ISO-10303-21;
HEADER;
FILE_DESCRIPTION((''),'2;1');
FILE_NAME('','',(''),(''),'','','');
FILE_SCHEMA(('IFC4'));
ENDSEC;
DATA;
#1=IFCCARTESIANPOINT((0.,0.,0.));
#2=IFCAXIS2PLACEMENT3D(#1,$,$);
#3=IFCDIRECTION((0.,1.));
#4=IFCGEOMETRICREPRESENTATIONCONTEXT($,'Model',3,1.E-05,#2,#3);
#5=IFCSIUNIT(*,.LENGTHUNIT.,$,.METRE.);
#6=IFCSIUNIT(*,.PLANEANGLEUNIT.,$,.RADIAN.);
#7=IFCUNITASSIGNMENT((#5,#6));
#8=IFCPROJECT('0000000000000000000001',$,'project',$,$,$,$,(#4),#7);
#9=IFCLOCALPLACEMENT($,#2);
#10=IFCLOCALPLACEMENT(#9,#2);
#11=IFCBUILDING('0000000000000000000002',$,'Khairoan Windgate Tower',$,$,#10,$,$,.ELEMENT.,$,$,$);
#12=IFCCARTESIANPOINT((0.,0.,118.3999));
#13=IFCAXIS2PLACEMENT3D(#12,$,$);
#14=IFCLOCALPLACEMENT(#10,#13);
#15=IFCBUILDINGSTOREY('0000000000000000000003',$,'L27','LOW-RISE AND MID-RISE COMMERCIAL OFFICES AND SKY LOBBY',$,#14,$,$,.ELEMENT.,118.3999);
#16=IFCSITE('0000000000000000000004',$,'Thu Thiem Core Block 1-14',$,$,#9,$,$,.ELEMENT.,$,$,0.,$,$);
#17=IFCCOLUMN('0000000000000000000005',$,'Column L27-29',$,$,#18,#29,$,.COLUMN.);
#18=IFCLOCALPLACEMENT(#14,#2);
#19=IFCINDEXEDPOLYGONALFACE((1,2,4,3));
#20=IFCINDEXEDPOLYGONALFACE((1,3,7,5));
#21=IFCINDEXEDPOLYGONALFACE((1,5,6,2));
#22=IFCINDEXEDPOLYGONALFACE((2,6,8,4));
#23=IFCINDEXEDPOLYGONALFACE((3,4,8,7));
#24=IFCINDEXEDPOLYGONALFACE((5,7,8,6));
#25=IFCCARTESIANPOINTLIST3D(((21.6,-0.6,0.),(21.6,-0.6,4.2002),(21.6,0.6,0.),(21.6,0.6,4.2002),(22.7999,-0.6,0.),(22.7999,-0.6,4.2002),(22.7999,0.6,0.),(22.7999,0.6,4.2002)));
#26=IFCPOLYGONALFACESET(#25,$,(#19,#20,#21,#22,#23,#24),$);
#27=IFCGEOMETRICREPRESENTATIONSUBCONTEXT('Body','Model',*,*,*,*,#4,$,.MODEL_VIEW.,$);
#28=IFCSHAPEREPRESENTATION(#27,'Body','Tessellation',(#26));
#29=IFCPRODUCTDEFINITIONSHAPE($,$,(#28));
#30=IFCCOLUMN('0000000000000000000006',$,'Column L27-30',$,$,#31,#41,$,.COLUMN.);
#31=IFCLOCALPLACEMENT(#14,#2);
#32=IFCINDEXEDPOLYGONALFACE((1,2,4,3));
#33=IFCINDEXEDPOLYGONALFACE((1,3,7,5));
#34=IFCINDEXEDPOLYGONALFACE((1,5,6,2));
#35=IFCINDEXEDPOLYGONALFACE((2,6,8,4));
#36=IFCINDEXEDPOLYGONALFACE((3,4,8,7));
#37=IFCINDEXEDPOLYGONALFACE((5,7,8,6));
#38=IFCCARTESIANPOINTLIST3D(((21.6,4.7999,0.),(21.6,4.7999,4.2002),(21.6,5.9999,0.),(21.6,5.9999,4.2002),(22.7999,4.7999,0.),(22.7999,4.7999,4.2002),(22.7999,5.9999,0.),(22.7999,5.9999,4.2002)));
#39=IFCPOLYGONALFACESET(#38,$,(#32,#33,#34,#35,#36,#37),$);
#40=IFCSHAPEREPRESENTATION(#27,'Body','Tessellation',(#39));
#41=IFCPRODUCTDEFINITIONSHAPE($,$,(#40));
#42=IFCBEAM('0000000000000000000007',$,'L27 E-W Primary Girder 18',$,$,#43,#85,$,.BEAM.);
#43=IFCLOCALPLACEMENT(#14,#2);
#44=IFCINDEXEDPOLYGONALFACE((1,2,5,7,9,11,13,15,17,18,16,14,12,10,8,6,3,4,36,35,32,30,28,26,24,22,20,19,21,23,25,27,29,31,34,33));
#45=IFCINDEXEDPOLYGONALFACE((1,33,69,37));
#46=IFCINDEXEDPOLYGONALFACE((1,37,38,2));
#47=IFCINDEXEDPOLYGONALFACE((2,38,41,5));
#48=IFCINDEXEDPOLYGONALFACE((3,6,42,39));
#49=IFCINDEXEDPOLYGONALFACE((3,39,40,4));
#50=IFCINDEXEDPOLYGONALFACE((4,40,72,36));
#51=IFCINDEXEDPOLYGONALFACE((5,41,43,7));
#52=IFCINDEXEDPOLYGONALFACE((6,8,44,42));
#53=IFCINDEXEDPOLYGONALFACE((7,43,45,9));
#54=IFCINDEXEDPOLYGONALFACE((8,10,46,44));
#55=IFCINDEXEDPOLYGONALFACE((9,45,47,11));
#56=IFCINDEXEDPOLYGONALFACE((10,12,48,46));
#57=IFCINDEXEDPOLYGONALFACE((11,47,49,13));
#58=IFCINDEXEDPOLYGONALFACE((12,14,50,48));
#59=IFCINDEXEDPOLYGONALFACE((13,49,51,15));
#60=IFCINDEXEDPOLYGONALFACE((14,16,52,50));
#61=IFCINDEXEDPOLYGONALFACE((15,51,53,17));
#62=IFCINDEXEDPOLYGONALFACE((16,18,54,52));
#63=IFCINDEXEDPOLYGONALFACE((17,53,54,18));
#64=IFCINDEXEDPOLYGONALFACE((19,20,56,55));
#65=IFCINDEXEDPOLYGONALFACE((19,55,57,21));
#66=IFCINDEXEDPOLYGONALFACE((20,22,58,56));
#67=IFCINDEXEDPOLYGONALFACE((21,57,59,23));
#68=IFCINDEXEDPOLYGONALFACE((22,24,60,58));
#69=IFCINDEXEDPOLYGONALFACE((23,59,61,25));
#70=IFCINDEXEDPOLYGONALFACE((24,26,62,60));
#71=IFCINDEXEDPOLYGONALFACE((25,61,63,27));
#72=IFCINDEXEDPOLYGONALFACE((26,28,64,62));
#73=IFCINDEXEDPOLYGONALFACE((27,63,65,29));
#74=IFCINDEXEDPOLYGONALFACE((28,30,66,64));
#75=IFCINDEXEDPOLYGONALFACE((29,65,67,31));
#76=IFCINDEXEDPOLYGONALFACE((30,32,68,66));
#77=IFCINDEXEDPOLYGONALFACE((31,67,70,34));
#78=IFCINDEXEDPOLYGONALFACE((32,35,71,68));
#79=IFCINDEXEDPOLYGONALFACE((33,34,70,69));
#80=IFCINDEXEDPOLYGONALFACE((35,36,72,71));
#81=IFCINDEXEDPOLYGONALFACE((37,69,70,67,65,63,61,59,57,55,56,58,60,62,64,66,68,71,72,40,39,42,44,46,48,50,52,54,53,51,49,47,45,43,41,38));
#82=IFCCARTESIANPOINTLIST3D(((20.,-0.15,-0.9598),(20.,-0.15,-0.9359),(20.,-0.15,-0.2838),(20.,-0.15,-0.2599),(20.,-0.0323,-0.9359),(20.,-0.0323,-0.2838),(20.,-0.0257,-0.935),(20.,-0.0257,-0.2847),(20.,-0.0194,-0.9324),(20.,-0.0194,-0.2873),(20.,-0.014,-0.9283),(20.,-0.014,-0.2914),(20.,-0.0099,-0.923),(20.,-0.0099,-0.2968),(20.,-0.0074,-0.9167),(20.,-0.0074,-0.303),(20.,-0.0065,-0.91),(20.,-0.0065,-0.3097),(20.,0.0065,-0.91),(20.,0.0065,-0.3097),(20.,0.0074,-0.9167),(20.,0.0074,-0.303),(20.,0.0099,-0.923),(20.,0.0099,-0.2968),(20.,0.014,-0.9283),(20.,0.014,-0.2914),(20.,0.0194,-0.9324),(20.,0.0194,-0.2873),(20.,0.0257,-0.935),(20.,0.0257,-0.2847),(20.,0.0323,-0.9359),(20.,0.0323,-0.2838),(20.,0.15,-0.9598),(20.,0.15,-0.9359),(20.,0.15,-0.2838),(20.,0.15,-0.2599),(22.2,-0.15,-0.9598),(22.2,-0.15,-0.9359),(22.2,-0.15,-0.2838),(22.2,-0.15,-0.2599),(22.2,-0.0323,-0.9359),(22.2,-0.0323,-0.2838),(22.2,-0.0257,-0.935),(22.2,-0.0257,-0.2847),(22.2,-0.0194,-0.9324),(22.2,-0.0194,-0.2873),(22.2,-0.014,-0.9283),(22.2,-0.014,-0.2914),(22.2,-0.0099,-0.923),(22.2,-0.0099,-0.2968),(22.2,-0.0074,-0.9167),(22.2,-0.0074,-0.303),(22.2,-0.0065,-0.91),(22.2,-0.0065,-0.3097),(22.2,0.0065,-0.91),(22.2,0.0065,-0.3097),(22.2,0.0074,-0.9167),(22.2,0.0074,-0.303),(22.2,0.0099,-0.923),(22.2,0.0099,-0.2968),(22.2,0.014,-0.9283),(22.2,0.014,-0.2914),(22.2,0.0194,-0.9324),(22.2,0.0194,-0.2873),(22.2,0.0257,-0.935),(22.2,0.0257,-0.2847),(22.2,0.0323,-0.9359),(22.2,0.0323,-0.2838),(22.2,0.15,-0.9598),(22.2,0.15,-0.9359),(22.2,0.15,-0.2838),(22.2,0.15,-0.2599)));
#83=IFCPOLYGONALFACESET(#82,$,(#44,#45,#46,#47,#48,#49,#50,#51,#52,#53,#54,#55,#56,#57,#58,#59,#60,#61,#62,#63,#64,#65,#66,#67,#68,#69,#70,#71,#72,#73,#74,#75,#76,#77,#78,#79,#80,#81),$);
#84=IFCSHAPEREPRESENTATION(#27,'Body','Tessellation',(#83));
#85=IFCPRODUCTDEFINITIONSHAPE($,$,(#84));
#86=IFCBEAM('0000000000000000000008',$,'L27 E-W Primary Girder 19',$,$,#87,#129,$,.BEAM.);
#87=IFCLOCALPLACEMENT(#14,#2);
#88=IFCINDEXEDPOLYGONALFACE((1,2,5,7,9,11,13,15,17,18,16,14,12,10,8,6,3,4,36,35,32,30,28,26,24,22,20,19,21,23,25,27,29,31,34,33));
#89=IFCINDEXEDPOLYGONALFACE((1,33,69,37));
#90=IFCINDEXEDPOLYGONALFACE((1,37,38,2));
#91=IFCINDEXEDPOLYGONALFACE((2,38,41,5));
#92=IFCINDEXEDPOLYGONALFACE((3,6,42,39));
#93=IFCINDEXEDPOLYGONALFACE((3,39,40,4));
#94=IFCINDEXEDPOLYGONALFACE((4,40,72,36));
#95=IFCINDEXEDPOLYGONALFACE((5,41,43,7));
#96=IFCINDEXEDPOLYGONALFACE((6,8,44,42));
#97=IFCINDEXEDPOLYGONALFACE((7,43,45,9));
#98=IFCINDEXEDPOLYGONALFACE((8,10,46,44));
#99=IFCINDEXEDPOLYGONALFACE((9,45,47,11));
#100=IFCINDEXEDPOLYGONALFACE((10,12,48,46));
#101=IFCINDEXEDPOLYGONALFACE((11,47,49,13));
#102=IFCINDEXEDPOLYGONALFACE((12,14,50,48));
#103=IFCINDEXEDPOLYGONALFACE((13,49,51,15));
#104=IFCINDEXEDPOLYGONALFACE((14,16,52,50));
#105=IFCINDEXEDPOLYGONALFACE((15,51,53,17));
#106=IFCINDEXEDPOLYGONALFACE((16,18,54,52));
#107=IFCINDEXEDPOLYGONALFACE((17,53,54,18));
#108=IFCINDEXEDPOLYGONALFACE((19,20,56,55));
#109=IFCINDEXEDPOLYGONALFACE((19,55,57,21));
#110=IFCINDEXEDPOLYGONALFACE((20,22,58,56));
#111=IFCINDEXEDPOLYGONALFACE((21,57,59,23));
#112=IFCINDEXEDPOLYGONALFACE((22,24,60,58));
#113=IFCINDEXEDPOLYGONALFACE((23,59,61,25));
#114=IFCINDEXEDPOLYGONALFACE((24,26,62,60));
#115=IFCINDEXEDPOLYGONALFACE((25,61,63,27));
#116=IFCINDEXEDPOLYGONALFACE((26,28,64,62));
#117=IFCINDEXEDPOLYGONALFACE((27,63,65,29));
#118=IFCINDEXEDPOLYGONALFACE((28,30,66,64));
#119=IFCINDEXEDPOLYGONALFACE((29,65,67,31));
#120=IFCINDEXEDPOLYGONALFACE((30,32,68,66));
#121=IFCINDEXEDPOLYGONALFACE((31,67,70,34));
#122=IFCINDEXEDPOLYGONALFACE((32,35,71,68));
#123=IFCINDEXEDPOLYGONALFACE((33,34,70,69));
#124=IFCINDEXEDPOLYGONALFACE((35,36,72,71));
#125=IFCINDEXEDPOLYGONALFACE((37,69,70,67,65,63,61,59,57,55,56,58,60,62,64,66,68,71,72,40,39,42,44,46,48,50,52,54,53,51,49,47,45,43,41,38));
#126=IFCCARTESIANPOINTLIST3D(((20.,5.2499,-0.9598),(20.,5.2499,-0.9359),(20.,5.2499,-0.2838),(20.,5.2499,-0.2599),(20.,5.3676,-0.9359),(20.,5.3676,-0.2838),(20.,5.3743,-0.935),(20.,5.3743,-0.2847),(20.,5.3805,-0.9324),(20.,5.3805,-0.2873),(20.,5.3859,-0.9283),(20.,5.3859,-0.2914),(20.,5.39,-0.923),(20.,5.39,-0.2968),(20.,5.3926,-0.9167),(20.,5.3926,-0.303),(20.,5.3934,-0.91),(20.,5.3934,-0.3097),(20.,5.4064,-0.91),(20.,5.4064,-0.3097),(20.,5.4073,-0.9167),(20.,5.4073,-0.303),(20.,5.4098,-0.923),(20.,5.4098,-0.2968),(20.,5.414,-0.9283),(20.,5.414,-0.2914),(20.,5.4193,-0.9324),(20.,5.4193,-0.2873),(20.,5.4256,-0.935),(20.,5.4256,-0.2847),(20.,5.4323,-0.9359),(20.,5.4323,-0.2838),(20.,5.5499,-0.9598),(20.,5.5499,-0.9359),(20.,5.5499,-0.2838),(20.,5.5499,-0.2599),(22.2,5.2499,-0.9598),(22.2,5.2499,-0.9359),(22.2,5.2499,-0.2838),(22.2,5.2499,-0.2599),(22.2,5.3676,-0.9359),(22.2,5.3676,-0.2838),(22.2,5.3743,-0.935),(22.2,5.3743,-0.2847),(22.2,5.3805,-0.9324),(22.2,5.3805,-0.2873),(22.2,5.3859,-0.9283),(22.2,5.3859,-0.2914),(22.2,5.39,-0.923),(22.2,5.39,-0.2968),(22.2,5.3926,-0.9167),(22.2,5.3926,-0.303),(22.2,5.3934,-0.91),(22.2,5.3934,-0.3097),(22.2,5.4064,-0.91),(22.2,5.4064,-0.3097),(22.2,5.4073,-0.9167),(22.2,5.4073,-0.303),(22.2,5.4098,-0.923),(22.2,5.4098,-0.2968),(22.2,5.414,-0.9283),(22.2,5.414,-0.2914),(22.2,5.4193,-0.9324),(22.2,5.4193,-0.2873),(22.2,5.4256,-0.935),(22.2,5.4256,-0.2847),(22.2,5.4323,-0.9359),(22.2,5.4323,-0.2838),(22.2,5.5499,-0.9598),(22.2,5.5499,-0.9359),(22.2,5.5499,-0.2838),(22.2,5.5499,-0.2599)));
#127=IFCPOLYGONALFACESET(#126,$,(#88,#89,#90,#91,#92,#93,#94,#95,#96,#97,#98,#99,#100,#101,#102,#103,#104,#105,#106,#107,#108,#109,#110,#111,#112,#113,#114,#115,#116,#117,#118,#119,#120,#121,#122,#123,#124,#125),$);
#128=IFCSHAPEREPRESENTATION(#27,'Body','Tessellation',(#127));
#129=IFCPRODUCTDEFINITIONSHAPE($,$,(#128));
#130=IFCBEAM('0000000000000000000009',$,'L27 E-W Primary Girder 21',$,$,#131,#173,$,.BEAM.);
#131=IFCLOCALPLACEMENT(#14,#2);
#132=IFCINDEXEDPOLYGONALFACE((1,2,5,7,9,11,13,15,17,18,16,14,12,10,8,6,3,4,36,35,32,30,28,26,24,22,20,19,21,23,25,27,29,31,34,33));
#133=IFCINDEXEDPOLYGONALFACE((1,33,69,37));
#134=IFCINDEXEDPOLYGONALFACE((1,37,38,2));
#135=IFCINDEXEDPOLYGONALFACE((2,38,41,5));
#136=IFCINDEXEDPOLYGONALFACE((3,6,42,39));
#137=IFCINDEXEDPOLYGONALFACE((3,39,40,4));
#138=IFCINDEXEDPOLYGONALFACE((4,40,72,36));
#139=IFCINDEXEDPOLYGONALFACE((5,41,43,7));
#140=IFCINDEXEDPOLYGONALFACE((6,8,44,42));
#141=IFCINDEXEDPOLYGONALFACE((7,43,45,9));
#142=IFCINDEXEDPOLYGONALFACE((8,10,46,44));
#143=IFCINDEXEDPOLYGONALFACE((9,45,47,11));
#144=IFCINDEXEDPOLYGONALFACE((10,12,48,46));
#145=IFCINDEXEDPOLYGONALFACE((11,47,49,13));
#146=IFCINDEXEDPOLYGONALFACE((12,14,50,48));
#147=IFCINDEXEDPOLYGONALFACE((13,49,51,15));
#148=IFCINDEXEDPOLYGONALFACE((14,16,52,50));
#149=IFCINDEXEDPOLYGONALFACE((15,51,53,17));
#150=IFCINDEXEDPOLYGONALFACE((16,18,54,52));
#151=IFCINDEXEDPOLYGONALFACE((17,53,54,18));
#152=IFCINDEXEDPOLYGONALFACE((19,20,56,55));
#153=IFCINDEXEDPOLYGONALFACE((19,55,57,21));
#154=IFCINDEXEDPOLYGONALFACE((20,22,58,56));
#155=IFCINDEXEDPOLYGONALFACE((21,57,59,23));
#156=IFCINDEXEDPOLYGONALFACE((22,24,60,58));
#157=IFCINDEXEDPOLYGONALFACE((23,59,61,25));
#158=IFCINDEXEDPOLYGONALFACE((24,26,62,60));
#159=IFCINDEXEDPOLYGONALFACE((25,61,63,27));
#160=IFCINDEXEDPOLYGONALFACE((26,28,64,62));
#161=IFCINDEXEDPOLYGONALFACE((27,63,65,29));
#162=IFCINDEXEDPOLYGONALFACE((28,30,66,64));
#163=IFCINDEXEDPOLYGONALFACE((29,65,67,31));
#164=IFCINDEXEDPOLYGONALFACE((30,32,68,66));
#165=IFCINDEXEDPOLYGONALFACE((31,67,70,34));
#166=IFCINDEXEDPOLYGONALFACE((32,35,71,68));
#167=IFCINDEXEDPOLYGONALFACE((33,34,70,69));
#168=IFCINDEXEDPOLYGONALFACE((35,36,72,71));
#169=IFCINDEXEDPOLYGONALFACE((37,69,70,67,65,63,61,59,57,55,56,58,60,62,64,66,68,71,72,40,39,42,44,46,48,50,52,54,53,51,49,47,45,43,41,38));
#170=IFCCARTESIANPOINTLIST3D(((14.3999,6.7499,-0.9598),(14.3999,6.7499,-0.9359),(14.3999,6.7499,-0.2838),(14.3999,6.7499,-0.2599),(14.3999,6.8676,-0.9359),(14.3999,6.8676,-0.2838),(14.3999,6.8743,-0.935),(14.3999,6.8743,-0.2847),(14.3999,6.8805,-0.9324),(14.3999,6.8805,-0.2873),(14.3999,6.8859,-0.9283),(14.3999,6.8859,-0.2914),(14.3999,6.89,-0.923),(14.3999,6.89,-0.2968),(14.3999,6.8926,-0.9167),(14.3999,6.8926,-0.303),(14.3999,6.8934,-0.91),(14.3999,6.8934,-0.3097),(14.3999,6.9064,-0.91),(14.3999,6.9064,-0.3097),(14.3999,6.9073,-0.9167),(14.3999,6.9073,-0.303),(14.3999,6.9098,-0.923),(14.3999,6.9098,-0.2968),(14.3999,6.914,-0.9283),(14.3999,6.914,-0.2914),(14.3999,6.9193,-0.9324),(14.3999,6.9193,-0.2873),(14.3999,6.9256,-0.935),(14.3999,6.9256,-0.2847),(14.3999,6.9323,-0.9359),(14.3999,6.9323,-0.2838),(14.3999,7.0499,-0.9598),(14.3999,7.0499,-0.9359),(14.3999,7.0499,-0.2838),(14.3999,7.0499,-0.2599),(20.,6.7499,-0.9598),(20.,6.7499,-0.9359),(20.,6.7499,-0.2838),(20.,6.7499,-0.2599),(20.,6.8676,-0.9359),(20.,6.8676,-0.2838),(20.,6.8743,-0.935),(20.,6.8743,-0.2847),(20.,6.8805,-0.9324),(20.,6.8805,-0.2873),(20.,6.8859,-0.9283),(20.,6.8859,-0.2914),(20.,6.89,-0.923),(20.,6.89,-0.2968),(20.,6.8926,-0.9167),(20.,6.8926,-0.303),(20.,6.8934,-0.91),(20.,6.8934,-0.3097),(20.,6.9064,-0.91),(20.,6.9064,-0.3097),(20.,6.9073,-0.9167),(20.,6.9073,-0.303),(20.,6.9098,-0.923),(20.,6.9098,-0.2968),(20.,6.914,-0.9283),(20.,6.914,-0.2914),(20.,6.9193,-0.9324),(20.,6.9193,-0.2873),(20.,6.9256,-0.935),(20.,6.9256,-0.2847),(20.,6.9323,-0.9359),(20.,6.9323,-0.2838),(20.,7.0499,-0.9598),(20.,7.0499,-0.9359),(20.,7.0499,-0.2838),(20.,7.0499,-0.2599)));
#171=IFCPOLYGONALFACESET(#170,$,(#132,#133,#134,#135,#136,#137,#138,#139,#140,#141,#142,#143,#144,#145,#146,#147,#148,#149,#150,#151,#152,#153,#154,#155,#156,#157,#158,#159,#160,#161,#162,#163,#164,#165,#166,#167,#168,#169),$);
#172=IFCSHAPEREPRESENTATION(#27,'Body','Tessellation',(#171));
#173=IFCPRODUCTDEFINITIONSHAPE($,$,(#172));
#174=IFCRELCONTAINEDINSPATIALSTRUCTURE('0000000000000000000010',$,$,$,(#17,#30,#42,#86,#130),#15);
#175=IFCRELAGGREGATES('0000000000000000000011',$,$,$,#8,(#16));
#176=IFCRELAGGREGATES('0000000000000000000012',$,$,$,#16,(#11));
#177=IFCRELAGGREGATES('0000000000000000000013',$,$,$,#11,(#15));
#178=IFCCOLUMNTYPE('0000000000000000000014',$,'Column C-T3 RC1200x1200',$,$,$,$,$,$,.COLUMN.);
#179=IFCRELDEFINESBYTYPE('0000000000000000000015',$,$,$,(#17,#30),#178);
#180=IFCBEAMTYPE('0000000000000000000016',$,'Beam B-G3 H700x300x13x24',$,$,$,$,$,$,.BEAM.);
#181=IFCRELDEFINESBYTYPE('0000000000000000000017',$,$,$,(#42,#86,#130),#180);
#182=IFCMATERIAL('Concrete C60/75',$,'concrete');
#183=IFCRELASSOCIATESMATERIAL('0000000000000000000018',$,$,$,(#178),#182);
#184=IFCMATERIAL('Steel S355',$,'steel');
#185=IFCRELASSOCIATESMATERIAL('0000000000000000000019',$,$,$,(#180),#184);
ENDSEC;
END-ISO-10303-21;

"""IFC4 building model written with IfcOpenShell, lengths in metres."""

from ifc_helpers import new_model, si_unit, direction, frame, origin, origin_2d, place, context, subcontext, project, spatial, rectangle, i_section, extrude, material, material_profile, profile_set, type_object, element, save


model = new_model("IFC4")

# Units and contexts
model_context = context("Model", 3, precision=1e-05, world=origin(), true_north=direction((0.0, 1.0)))
body_context = subcontext(model_context, "Body", "Model", "MODEL_VIEW")
ifc_project = project(units=[si_unit("LENGTHUNIT", "METRE"), si_unit("PLANEANGLEUNIT", "RADIAN")], contexts=[model_context])

# Site, building, storey
site_placement = place(None, origin())
site = spatial("IfcSite", under=ifc_project, at=site_placement, Name="Thu Thiem Core Block 1-14", CompositionType="ELEMENT", RefElevation=0.0)
building_placement = place(site_placement, origin())
building = spatial("IfcBuilding", under=site, at=building_placement, Name="Khairoan Windgate Tower", CompositionType="ELEMENT")
storey_placement = place(building_placement, frame((0.0, 0.0, 118.3999)))
storey = spatial("IfcBuildingStorey", under=building, at=storey_placement, Name="L27", Description="LOW-RISE AND MID-RISE COMMERCIAL OFFICES AND SKY LOBBY", CompositionType="ELEMENT", Elevation=118.3999)

# Columns
ifc_material_1 = material(Name="Concrete C60/75", Category="concrete")
ifc_material_profile_1 = material_profile(ifc_material_1, rectangle(XDim=1.2, YDim=1.2, at=origin_2d()))
ifc_profile_set_1 = profile_set([ifc_material_profile_1], Name="Concrete C60/75")
column_type = type_object("IfcColumnType", Name="Column C-T3 RC1200x1200", PredefinedType="COLUMN", material=ifc_profile_set_1)
for number, where, z_axis, x_axis, name in (
    (1, (22.2, 0.0, 0.0), (0.0, 0.0, 1.0), (1.0, 0.0, 0.0), "Column L27-29"),
    (2, (22.2, 5.3999, 0.0), (0.0, 0.0, 1.0), (1.0, 0.0, 0.0), "Column L27-30"),
):
    element("IfcColumn", number, at=place(storey_placement, frame(where, z_axis=z_axis, x_axis=x_axis)), inside=storey, type_object=column_type, Name=name, PredefinedType="COLUMN", context=body_context, shape_type="SweptSolid", body=[
        extrude(rectangle(XDim=1.2, YDim=1.2, at=origin_2d()), origin(), (0.0, 0.0, 1.0), 4.2002),
    ])

# Beams
ifc_material_2 = material(Name="Steel S355", Category="steel")
ifc_material_profile_2 = material_profile(ifc_material_2, i_section(OverallWidth=0.3, OverallDepth=0.7, WebThickness=0.0129, FlangeThickness=0.0239, FilletRadius=0.0259, at=origin_2d()))
ifc_profile_set_2 = profile_set([ifc_material_profile_2], Name="Steel S355")
beam_type_1 = type_object("IfcBeamType", Name="Beam B-G3 H700x300x13x24", PredefinedType="BEAM", material=ifc_profile_set_2)
for number, where, z_axis, x_axis, name in (
    (3, (20.0, 0.0, -0.6099), (1.0, 0.0, 0.0), (0.0, 1.0, 0.0), "L27 E-W Primary Girder 18"),
    (4, (20.0, 5.3999, -0.6099), (1.0, 0.0, 0.0), (0.0, 1.0, 0.0), "L27 E-W Primary Girder 19"),
):
    element("IfcBeam", number, at=place(storey_placement, frame(where, z_axis=z_axis, x_axis=x_axis)), inside=storey, type_object=beam_type_1, Name=name, PredefinedType="BEAM", context=body_context, shape_type="SweptSolid", body=[
        extrude(i_section(OverallWidth=0.3, OverallDepth=0.7, WebThickness=0.0129, FlangeThickness=0.0239, FilletRadius=0.0259, at=origin_2d()), origin(), (0.0, 0.0, 1.0), 2.2),
    ])
beam_1_placement = place(storey_placement, frame((14.3999, 6.8999, -0.6099), z_axis=(1.0, 0.0, 0.0), x_axis=(0.0, 1.0, 0.0)))
element("IfcBeam", 5, at=beam_1_placement, inside=storey, type_object=beam_type_1, Name="L27 E-W Primary Girder 21", PredefinedType="BEAM", context=body_context, shape_type="SweptSolid", body=[
    extrude(i_section(OverallWidth=0.3, OverallDepth=0.7, WebThickness=0.0129, FlangeThickness=0.0239, FilletRadius=0.0259, at=origin_2d()), origin(), (0.0, 0.0, 1.0), 5.6001),
])

save(model, "model.ifc")
